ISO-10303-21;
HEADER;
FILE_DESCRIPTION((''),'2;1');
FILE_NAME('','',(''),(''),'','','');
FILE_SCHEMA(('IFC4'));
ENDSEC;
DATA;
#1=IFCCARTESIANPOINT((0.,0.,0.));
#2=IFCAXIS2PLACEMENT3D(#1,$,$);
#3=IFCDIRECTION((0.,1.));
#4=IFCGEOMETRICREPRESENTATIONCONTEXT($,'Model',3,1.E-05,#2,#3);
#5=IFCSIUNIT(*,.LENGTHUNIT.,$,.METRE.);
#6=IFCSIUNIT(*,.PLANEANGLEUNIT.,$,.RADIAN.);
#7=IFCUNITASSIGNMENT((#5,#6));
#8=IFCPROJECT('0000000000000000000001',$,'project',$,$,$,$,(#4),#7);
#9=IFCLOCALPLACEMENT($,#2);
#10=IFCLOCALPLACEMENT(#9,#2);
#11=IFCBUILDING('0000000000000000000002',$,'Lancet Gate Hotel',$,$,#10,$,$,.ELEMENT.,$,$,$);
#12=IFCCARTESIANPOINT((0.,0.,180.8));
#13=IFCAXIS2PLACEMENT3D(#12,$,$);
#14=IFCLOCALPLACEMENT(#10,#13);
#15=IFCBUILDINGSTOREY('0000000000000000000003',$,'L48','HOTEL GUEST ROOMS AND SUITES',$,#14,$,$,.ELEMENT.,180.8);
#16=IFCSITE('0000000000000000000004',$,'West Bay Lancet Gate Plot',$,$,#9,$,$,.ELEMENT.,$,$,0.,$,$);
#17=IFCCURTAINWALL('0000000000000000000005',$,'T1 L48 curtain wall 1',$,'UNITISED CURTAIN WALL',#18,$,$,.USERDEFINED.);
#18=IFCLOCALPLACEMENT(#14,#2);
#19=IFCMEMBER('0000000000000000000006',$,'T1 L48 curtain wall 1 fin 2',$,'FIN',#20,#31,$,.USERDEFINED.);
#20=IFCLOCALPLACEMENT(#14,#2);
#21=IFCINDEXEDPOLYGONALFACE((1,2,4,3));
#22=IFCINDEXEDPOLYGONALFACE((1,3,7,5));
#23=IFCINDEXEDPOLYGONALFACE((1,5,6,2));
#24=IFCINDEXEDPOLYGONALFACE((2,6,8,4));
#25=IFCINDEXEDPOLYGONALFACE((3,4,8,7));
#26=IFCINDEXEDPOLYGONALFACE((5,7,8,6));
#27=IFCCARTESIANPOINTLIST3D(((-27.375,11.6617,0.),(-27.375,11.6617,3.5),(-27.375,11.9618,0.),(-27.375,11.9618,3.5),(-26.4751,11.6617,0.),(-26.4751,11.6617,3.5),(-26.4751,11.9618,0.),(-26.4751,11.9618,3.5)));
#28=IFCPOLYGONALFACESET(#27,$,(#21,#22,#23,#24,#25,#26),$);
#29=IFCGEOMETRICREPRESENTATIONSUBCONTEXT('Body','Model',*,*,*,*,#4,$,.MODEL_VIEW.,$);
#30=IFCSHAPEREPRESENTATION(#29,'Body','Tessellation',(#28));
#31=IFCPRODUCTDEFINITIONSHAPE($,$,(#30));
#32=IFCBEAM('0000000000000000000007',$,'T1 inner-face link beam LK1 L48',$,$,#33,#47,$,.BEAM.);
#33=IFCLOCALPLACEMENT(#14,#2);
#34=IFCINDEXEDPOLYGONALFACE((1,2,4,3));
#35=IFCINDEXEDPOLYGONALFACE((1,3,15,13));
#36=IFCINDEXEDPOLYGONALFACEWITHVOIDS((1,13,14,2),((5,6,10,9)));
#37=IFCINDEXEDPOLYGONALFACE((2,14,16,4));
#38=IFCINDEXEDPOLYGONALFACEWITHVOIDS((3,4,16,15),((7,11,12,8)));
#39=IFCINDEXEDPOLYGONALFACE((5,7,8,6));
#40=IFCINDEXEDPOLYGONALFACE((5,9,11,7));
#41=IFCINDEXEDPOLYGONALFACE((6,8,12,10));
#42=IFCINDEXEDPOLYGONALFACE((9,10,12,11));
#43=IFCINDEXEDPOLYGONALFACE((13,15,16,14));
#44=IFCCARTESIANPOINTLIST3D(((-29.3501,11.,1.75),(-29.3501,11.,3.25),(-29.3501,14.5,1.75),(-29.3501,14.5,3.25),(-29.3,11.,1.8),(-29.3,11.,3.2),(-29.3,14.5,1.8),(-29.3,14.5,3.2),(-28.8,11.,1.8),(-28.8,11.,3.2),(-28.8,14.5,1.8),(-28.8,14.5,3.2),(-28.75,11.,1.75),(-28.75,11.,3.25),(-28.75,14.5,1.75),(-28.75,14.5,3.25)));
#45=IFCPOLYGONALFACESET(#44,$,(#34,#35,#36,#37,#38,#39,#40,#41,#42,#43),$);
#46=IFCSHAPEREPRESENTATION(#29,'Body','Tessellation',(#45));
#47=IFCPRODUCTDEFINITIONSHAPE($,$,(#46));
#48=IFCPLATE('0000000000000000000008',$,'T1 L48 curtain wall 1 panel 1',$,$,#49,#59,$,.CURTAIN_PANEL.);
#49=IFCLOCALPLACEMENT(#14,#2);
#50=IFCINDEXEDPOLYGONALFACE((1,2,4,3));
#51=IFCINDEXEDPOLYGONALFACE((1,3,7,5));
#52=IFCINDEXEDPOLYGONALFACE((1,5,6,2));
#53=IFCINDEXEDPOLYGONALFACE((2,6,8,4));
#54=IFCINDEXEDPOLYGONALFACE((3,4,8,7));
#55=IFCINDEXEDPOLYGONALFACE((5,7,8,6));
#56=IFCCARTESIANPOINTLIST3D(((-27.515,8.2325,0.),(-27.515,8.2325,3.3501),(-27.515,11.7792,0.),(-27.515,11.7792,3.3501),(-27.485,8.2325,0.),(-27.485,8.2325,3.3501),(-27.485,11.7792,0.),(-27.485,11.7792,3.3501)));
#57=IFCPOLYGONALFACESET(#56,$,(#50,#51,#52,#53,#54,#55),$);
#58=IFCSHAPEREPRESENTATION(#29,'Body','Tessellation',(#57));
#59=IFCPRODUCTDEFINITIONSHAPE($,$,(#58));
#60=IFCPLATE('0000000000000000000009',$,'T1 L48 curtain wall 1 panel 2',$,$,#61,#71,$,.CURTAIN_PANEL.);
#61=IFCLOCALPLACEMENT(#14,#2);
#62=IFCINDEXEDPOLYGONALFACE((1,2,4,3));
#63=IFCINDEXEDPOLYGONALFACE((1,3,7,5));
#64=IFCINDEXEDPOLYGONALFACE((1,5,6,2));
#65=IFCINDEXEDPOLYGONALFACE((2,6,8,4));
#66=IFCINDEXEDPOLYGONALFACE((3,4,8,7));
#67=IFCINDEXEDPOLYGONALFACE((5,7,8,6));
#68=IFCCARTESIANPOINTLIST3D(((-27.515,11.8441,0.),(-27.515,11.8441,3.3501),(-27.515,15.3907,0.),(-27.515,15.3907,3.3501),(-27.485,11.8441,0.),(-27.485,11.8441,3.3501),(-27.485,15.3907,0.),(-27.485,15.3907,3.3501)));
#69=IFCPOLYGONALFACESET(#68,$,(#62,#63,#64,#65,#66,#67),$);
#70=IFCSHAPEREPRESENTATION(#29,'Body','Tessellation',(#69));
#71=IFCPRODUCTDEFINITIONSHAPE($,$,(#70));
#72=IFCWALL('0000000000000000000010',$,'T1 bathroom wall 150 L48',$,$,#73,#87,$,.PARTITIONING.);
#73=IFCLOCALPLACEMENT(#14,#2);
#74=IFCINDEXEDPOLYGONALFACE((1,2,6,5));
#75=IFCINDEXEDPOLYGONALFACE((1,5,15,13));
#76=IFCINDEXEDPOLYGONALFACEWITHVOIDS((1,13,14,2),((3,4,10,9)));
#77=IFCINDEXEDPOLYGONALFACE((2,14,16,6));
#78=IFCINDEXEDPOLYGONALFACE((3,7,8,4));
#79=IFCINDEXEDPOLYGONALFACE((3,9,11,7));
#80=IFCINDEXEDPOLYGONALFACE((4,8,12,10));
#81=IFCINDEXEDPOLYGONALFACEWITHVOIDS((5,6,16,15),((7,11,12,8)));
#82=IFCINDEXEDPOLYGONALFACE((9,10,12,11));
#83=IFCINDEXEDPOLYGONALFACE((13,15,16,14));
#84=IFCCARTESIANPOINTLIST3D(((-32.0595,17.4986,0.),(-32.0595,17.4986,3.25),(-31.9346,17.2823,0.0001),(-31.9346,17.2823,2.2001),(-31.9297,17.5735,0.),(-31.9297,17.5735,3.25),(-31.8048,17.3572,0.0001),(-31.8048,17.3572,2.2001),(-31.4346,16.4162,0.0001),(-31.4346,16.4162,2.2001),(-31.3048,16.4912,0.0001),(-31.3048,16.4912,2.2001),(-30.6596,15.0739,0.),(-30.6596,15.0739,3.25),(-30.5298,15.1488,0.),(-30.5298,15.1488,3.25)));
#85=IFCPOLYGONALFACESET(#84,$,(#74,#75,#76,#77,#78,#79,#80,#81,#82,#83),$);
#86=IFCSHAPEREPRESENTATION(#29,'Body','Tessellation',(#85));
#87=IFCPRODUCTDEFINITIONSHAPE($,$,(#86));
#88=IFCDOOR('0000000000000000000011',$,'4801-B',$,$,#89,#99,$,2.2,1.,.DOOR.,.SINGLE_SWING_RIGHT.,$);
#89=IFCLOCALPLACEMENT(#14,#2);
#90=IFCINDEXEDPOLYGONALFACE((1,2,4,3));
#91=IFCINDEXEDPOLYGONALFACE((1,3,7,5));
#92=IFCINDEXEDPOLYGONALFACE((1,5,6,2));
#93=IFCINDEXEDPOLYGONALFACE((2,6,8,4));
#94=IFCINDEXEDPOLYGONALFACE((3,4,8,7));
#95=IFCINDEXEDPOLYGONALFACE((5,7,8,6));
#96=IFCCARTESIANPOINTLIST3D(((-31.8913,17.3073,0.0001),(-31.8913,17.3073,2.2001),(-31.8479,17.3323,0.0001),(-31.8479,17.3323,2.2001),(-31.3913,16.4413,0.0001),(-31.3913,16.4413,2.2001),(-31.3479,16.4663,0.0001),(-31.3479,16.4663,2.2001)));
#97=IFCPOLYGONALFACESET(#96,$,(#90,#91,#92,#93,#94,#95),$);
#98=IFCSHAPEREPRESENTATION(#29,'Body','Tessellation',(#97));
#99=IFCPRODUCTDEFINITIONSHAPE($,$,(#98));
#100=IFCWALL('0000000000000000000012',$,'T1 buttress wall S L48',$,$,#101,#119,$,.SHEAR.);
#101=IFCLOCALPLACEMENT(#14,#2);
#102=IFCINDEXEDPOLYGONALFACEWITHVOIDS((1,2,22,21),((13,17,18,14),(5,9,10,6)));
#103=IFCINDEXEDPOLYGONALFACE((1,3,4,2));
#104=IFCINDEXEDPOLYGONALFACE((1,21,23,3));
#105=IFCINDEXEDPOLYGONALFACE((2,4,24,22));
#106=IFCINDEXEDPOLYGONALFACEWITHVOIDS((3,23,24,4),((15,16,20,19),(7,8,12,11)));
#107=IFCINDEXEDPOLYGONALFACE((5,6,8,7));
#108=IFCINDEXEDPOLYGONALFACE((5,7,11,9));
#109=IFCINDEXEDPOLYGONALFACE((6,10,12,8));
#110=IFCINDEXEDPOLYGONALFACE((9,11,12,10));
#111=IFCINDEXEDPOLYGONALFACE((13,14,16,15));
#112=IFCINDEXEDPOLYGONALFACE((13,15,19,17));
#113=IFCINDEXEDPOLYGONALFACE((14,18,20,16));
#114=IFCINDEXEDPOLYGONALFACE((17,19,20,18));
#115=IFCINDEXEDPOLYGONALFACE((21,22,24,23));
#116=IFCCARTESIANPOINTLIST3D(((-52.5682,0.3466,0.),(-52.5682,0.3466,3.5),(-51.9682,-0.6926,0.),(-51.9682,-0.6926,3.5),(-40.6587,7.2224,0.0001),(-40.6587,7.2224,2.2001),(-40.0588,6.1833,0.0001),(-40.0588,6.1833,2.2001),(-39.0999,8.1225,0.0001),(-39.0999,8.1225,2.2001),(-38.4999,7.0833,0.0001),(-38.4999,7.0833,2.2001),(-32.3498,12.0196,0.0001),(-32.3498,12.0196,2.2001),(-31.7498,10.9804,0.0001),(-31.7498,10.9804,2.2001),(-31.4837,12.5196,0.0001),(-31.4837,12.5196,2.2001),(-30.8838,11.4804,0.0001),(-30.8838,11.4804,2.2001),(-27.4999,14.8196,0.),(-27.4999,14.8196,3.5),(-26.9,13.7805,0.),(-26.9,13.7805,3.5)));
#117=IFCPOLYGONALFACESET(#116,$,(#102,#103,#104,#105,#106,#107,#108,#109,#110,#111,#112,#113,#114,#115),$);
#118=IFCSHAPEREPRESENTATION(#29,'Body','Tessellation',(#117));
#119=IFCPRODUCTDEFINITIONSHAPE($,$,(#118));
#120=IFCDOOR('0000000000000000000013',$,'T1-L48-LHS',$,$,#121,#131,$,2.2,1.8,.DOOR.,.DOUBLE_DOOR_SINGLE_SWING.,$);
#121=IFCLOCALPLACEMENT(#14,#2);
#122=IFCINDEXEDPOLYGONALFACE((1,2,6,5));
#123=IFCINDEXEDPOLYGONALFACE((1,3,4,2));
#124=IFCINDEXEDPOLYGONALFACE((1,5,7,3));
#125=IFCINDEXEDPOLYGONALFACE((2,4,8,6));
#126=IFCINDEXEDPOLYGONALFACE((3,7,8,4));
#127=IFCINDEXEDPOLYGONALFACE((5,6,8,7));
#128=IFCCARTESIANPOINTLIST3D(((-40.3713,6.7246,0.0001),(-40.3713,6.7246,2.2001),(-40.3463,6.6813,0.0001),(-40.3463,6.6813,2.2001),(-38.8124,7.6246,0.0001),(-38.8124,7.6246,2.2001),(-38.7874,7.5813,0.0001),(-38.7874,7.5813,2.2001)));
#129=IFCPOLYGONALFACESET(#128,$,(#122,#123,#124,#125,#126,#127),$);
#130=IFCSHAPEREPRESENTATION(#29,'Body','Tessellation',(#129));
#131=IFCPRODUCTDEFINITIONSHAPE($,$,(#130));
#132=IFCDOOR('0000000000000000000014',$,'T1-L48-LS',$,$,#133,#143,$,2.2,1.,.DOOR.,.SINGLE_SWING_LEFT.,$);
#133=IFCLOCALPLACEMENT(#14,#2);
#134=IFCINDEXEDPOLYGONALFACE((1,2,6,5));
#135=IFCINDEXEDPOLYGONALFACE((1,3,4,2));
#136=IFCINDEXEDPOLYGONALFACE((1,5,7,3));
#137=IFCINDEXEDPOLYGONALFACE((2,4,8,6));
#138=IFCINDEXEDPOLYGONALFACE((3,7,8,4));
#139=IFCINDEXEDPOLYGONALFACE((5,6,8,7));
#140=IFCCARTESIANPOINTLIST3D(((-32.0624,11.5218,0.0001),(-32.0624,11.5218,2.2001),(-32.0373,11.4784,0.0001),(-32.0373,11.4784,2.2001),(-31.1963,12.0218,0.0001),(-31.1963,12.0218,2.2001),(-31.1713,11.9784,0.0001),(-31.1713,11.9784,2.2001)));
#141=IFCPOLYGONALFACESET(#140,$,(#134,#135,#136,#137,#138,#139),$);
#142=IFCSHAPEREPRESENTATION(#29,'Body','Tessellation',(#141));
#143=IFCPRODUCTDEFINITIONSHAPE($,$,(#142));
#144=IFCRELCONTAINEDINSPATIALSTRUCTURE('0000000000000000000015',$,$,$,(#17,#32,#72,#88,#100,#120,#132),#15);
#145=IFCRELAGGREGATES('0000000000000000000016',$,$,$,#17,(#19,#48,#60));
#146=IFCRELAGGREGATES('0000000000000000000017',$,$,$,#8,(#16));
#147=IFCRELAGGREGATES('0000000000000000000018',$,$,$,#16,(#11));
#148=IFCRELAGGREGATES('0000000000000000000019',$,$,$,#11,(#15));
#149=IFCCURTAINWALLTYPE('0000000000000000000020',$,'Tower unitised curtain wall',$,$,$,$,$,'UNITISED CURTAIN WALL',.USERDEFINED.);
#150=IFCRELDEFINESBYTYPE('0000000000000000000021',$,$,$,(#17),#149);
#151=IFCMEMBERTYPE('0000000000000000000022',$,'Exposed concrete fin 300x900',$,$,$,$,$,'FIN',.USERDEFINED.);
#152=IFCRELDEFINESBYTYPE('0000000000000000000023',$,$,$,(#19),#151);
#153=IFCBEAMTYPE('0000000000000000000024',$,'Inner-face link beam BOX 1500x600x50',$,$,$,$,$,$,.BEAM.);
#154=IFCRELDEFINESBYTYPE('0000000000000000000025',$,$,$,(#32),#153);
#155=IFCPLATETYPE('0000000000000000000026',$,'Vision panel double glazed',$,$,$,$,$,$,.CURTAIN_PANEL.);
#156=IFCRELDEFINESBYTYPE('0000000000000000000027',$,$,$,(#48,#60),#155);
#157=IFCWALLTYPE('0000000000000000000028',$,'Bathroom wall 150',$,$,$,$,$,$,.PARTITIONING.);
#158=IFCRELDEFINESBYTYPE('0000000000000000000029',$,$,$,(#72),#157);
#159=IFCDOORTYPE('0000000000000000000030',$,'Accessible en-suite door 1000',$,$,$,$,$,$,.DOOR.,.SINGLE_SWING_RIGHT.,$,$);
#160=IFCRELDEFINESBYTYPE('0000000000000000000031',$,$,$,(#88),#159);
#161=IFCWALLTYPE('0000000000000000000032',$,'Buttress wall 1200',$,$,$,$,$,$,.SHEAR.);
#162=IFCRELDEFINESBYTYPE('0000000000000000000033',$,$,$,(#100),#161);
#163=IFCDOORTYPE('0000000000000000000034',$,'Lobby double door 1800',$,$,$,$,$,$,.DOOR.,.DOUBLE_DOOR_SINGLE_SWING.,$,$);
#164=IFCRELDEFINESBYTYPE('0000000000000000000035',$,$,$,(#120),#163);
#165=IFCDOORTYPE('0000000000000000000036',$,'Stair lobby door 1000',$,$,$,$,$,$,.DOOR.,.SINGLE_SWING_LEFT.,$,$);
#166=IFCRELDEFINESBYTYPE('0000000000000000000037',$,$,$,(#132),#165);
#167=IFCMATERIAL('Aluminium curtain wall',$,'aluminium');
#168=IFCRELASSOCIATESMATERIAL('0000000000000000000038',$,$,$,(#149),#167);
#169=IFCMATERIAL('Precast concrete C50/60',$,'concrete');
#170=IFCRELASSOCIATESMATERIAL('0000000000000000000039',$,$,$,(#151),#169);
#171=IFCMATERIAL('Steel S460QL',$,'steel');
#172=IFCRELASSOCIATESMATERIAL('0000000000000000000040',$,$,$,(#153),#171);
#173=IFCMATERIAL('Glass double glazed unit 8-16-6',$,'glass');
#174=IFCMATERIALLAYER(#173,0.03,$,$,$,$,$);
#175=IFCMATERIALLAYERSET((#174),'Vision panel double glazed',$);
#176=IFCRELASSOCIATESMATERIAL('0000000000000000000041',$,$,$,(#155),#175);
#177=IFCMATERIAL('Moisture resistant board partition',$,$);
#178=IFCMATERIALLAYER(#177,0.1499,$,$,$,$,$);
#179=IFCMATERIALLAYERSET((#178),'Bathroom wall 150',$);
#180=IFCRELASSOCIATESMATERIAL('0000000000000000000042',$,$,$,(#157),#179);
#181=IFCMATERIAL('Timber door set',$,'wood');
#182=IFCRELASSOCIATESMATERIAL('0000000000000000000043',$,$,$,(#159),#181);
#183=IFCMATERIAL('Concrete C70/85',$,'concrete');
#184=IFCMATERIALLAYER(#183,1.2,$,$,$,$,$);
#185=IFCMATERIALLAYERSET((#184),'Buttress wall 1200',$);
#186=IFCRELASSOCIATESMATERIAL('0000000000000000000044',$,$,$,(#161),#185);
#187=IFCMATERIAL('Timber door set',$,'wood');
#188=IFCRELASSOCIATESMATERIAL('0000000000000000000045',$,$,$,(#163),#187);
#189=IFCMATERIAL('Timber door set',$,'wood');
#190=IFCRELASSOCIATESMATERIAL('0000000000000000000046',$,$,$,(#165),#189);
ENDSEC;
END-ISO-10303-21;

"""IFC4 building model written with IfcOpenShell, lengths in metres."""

from ifc_helpers import new_model, si_unit, direction, frame, frame_2d, origin, origin_2d, place, context, subcontext, project, spatial, rectangle, hollow_rectangle, extrude, material, layer, layer_set, material_profile, profile_set, type_object, element, fill, aggregate, save


model = new_model("IFC4")

# Units and contexts
model_context = context("Model", 3, precision=1e-05, world=origin(), true_north=direction((0.0, 1.0)))
body_context = subcontext(model_context, "Body", "Model", "MODEL_VIEW")
ifc_project = project(units=[si_unit("LENGTHUNIT", "METRE"), si_unit("PLANEANGLEUNIT", "RADIAN")], contexts=[model_context])

# Site, building, storey
site_placement = place(None, origin())
site = spatial("IfcSite", under=ifc_project, at=site_placement, Name="West Bay Lancet Gate Plot", CompositionType="ELEMENT", RefElevation=0.0)
building_placement = place(site_placement, origin())
building = spatial("IfcBuilding", under=site, at=building_placement, Name="Lancet Gate Hotel", CompositionType="ELEMENT")
storey_placement = place(building_placement, frame((0.0, 0.0, 180.8)))
storey = spatial("IfcBuildingStorey", under=building, at=storey_placement, Name="L48", Description="HOTEL GUEST ROOMS AND SUITES", CompositionType="ELEMENT", Elevation=180.8)

# Curtain wall, member
ifc_material_1 = material(Name="Aluminium curtain wall", Category="aluminium")
curtain_wall_type = type_object("IfcCurtainWallType", Name="Tower unitised curtain wall", ElementType="UNITISED CURTAIN WALL", PredefinedType="USERDEFINED", material=ifc_material_1)
curtain_wall_placement = place(storey_placement, origin())
curtain_wall = element("IfcCurtainWall", 1, at=curtain_wall_placement, inside=storey, type_object=curtain_wall_type, Name="T1 L48 curtain wall 1", ObjectType="UNITISED CURTAIN WALL", PredefinedType="USERDEFINED")
ifc_material_2 = material(Name="Precast concrete C50/60", Category="concrete")
ifc_material_profile_1 = material_profile(ifc_material_2, rectangle(XDim=0.3, YDim=0.8999, at=origin_2d()), Name="FIN 300x900")
ifc_profile_set_1 = profile_set([ifc_material_profile_1], Name="Precast concrete C50/60")
member_type_1 = type_object("IfcMemberType", Name="Exposed concrete fin 300x900", ElementType="FIN", PredefinedType="USERDEFINED", material=ifc_profile_set_1)
member_1_placement = place(storey_placement, frame((-26.925, 11.8118, 0.0), z_axis=(0.0, 0.0, 1.0), x_axis=(0.0, 1.0, 0.0)))
member_1 = element("IfcMember", 2, at=member_1_placement, type_object=member_type_1, Name="T1 L48 curtain wall 1 fin 2", ObjectType="FIN", PredefinedType="USERDEFINED", context=body_context, shape_type="SweptSolid", body=[
    extrude(rectangle(XDim=0.3, YDim=0.8999, at=origin_2d()), origin(), (0.0, 0.0, 1.0), 3.5),
])

# Beam
ifc_material_3 = material(Name="Steel S460QL", Category="steel")
ifc_material_profile_2 = material_profile(ifc_material_3, hollow_rectangle(XDim=0.6001, YDim=1.5, WallThickness=0.05, at=origin_2d()), Name="BOX 1500x600x50")
ifc_profile_set_2 = profile_set([ifc_material_profile_2], Name="Steel S460QL")
beam_type = type_object("IfcBeamType", Name="Inner-face link beam BOX 1500x600x50", PredefinedType="BEAM", material=ifc_profile_set_2)
beam_placement = place(storey_placement, frame((-29.05, 14.5, 2.5), z_axis=(0.0, -1.0, 0.0), x_axis=(1.0, 0.0, 0.0)))
element("IfcBeam", 3, at=beam_placement, inside=storey, type_object=beam_type, Name="T1 inner-face link beam LK1 L48", PredefinedType="BEAM", context=body_context, shape_type="SweptSolid", body=[
    extrude(hollow_rectangle(XDim=0.6001, YDim=1.5, WallThickness=0.05, at=origin_2d()), origin(), (0.0, 0.0, 1.0), 3.5),
])

# Plates
ifc_material_4 = material(Name="Glass double glazed unit 8-16-6", Category="glass")
ifc_layer_1 = layer(ifc_material_4, 0.03)
ifc_layer_set_1 = layer_set([ifc_layer_1], Name="Vision panel double glazed")
plate_type = type_object("IfcPlateType", Name="Vision panel double glazed", PredefinedType="CURTAIN_PANEL", material=ifc_layer_set_1)
plate_1_placement = place(storey_placement, frame((-27.5, 10.0059, 0.0), z_axis=(0.0, 0.0, 1.0), x_axis=(0.0, 1.0, 0.0)))
plate_1 = element("IfcPlate", 4, at=plate_1_placement, type_object=plate_type, Name="T1 L48 curtain wall 1 panel 1", PredefinedType="CURTAIN_PANEL", context=body_context, shape_type="SweptSolid", body=[
    extrude(rectangle(XDim=3.5466, YDim=0.03, at=origin_2d()), origin(), (0.0, 0.0, 1.0), 3.3501),
])
plate_2_placement = place(storey_placement, frame((-27.5, 13.6174, 0.0), z_axis=(0.0, 0.0, 1.0), x_axis=(0.0, 1.0, 0.0)))
plate_2 = element("IfcPlate", 5, at=plate_2_placement, type_object=plate_type, Name="T1 L48 curtain wall 1 panel 2", PredefinedType="CURTAIN_PANEL", context=body_context, shape_type="SweptSolid", body=[
    extrude(rectangle(XDim=3.5466, YDim=0.03, at=origin_2d()), origin(), (0.0, 0.0, 1.0), 3.3501),
])
aggregate(curtain_wall, [member_1, plate_1, plate_2])

# Wall, opening, door
ifc_material_5 = material(Name="Moisture resistant board partition")
ifc_layer_2 = layer(ifc_material_5, 0.1499)
ifc_layer_set_2 = layer_set([ifc_layer_2], Name="Bathroom wall 150")
wall_type_1 = type_object("IfcWallType", Name="Bathroom wall 150", PredefinedType="PARTITIONING", material=ifc_layer_set_2)
wall_1_placement = place(storey_placement, frame((-30.5947, 15.1113, 0.0), z_axis=(0.0, 0.0, 1.0), x_axis=(-0.499984, 0.866035, 0.0)))
wall_1 = element("IfcWall", 6, at=wall_1_placement, inside=storey, type_object=wall_type_1, Name="T1 bathroom wall 150 L48", PredefinedType="PARTITIONING", context=body_context, shape_type="SweptSolid", body=[
    extrude(rectangle(XDim=2.7998, YDim=0.1499, at=frame_2d((1.3999, 0.0))), origin(), (0.0, 0.0, 1.0), 3.25),
])
opening_1_placement = place(wall_1_placement, frame((1.55, 0.0, 0.0)))
opening_1 = element("IfcOpeningElement", 7, at=opening_1_placement, cuts=wall_1, PredefinedType="OPENING", context=body_context, shape_type="SweptSolid", body=[
    extrude(rectangle(XDim=1.0, YDim=2.2, at=frame_2d((0.5, 1.1001))), frame((0.0, 0.085, 0.0), z_axis=(0.0, -1.0, 0.0), x_axis=(1.0, 0.0, 0.0)), (0.0, 0.0, 1.0), 0.1699),
])
ifc_material_6 = material(Name="Timber door set", Category="wood")
door_type_1 = type_object("IfcDoorType", Name="Accessible en-suite door 1000", OperationType="SINGLE_SWING_RIGHT", PredefinedType="DOOR", material=ifc_material_6)
door_1_placement = place(opening_1_placement, origin())
door_1 = element("IfcDoor", 8, at=door_1_placement, inside=storey, type_object=door_type_1, Name="4801-B", OperationType="SINGLE_SWING_RIGHT", OverallHeight=2.2, OverallWidth=1.0, PredefinedType="DOOR", context=body_context, shape_type="SweptSolid", body=[
    extrude(rectangle(XDim=1.0, YDim=2.2, at=frame_2d((0.5, 1.1001))), frame((0.0, 0.0249, 0.0), z_axis=(0.0, -1.0, 0.0), x_axis=(1.0, 0.0, 0.0)), (0.0, 0.0, 1.0), 0.05),
])
fill(opening_1, door_1)

# Wall, openings, doors
ifc_material_7 = material(Name="Concrete C70/85", Category="concrete")
ifc_layer_3 = layer(ifc_material_7, 1.2)
ifc_layer_set_3 = layer_set([ifc_layer_3], Name="Buttress wall 1200")
wall_type_2 = type_object("IfcWallType", Name="Buttress wall 1200", PredefinedType="SHEAR", material=ifc_layer_set_3)
wall_2_placement = place(storey_placement, frame((-27.2, 14.3, 0.0), z_axis=(0.0, 0.0, 1.0), x_axis=(-0.866027, -0.499998, 0.0)))
wall_2 = element("IfcWall", 9, at=wall_2_placement, inside=storey, type_object=wall_type_2, Name="T1 buttress wall S L48", PredefinedType="SHEAR", context=body_context, shape_type="SweptSolid", body=[
    extrude(rectangle(XDim=28.9463, YDim=1.2, at=frame_2d((14.4731, 0.0))), origin(), (0.0, 0.0, 1.0), 3.5),
])
opening_2_placement = place(wall_2_placement, frame((4.6001, 0.0, 0.0)))
opening_2 = element("IfcOpeningElement", 10, at=opening_2_placement, cuts=wall_2, PredefinedType="OPENING", context=body_context, shape_type="SweptSolid", body=[
    extrude(rectangle(XDim=1.0, YDim=2.2, at=frame_2d((0.5, 1.1001))), frame((0.0, 0.6099, 0.0), z_axis=(0.0, -1.0, 0.0), x_axis=(1.0, 0.0, 0.0)), (0.0, 0.0, 1.0), 1.22),
])
opening_3_placement = place(wall_2_placement, frame((13.3945, 0.0, 0.0)))
opening_3 = element("IfcOpeningElement", 11, at=opening_3_placement, cuts=wall_2, PredefinedType="OPENING", context=body_context, shape_type="SweptSolid", body=[
    extrude(rectangle(XDim=1.8, YDim=2.2, at=frame_2d((0.8999, 1.1001))), frame((0.0, 0.6099, 0.0), z_axis=(0.0, -1.0, 0.0), x_axis=(1.0, 0.0, 0.0)), (0.0, 0.0, 1.0), 1.22),
])
ifc_material_8 = material(Name="Timber door set", Category="wood")
door_type_2 = type_object("IfcDoorType", Name="Lobby double door 1800", OperationType="DOUBLE_DOOR_SINGLE_SWING", PredefinedType="DOOR", material=ifc_material_8)
door_2_placement = place(opening_3_placement, origin())
door_2 = element("IfcDoor", 12, at=door_2_placement, inside=storey, type_object=door_type_2, Name="T1-L48-LHS", OperationType="DOUBLE_DOOR_SINGLE_SWING", OverallHeight=2.2, OverallWidth=1.8, PredefinedType="DOOR", context=body_context, shape_type="SweptSolid", body=[
    extrude(rectangle(XDim=1.8, YDim=2.2, at=frame_2d((0.8999, 1.1001))), frame((0.0, 0.0249, 0.0), z_axis=(0.0, -1.0, 0.0), x_axis=(1.0, 0.0, 0.0)), (0.0, 0.0, 1.0), 0.05),
])
fill(opening_3, door_2)
ifc_material_9 = material(Name="Timber door set", Category="wood")
door_type_3 = type_object("IfcDoorType", Name="Stair lobby door 1000", OperationType="SINGLE_SWING_LEFT", PredefinedType="DOOR", material=ifc_material_9)
door_3_placement = place(opening_2_placement, origin())
door_3 = element("IfcDoor", 13, at=door_3_placement, inside=storey, type_object=door_type_3, Name="T1-L48-LS", OperationType="SINGLE_SWING_LEFT", OverallHeight=2.2, OverallWidth=1.0, PredefinedType="DOOR", context=body_context, shape_type="SweptSolid", body=[
    extrude(rectangle(XDim=1.0, YDim=2.2, at=frame_2d((0.5, 1.1001))), frame((0.0, 0.0249, 0.0), z_axis=(0.0, -1.0, 0.0), x_axis=(1.0, 0.0, 0.0)), (0.0, 0.0, 1.0), 0.05),
])
fill(opening_2, door_3)

save(model, "model.ifc")
